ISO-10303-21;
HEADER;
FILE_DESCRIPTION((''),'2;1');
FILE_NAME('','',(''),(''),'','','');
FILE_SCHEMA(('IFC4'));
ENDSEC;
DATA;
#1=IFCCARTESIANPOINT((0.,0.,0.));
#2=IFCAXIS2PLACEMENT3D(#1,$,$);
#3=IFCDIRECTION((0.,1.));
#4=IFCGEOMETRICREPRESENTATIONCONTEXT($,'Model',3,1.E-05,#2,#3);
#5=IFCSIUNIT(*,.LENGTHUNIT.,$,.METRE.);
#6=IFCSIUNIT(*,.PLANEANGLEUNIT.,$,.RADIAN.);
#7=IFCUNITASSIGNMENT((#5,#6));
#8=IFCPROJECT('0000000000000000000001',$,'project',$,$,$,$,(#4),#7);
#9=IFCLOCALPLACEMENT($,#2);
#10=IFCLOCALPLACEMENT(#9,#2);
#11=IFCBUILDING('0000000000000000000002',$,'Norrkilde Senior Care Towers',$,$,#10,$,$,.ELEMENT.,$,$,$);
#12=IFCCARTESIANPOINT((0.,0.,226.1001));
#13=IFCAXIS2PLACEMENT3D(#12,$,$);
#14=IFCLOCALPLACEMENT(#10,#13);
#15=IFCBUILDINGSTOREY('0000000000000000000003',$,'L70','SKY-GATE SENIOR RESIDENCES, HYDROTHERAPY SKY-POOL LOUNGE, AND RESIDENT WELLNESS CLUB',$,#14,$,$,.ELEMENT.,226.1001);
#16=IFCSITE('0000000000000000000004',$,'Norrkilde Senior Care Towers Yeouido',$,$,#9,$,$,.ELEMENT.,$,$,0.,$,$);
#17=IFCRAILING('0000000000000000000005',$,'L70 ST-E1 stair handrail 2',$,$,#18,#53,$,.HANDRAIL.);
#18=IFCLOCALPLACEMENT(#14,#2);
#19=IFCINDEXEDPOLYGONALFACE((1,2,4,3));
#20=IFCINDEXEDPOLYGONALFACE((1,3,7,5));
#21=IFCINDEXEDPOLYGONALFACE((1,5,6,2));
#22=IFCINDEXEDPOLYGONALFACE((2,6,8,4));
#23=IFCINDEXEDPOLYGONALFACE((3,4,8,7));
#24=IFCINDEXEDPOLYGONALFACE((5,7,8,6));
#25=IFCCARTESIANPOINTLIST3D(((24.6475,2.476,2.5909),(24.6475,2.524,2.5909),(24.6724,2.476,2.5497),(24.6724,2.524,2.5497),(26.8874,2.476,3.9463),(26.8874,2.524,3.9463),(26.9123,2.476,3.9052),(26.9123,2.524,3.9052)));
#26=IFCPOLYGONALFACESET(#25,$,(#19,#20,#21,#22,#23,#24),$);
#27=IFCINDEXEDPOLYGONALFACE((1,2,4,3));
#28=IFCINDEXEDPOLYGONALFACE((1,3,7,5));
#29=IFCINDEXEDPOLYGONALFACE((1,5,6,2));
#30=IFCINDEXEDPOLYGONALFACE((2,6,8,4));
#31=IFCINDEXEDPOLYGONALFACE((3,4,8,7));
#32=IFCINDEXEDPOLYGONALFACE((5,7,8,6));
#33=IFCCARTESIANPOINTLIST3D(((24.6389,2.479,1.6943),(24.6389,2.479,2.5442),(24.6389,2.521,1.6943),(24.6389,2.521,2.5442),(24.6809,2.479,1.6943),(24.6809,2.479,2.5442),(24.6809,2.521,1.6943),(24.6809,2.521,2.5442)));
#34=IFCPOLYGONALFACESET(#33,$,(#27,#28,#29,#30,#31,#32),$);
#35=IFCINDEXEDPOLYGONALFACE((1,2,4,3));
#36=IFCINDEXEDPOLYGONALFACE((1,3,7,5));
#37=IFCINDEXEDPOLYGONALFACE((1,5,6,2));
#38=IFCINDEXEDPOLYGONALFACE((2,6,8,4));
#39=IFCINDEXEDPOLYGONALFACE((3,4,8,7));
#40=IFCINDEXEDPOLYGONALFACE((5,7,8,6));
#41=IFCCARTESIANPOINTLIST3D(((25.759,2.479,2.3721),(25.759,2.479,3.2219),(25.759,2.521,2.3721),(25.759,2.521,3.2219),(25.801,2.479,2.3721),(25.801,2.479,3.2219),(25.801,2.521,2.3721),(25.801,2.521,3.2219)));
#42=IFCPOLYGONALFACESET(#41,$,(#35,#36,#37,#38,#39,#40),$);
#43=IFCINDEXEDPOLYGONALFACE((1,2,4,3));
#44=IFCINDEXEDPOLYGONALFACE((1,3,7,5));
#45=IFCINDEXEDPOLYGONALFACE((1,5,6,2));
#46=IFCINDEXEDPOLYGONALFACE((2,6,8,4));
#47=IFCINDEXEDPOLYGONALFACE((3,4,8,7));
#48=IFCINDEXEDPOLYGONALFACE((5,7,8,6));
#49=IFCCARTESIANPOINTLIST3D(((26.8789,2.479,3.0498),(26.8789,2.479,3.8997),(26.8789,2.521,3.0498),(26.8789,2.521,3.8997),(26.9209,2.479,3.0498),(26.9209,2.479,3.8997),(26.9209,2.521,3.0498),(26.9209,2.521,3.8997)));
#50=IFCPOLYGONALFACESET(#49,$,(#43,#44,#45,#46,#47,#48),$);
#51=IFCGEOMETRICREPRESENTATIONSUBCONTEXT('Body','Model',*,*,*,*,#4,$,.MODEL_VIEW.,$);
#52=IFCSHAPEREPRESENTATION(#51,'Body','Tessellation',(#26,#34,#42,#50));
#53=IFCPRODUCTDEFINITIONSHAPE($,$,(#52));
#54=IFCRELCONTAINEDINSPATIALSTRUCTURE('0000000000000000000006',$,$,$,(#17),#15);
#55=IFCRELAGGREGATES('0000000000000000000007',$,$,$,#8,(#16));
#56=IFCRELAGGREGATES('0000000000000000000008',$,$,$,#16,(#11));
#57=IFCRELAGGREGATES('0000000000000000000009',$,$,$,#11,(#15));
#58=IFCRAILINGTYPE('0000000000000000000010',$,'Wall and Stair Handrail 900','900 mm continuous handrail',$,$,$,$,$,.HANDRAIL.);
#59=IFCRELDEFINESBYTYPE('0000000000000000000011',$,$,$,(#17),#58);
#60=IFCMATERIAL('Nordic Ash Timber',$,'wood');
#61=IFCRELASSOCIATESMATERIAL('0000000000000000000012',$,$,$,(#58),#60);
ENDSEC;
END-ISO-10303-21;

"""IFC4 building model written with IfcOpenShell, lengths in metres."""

from ifc_helpers import new_model, si_unit, direction, frame, origin, origin_2d, place, context, subcontext, project, spatial, rectangle, extrude, material, type_object, element, save


model = new_model("IFC4")

# Units and contexts
model_context = context("Model", 3, precision=1e-05, world=origin(), true_north=direction((0.0, 1.0)))
body_context = subcontext(model_context, "Body", "Model", "MODEL_VIEW")
ifc_project = project(units=[si_unit("LENGTHUNIT", "METRE"), si_unit("PLANEANGLEUNIT", "RADIAN")], contexts=[model_context])

# Site, building, storey
site_placement = place(None, origin())
site = spatial("IfcSite", under=ifc_project, at=site_placement, Name="Norrkilde Senior Care Towers Yeouido", CompositionType="ELEMENT", RefElevation=0.0)
building_placement = place(site_placement, origin())
building = spatial("IfcBuilding", under=site, at=building_placement, Name="Norrkilde Senior Care Towers", CompositionType="ELEMENT")
storey_placement = place(building_placement, frame((0.0, 0.0, 226.1001)))
storey = spatial("IfcBuildingStorey", under=building, at=storey_placement, Name="L70", Description="SKY-GATE SENIOR RESIDENCES, HYDROTHERAPY SKY-POOL LOUNGE, AND RESIDENT WELLNESS CLUB", CompositionType="ELEMENT", Elevation=226.1001)

# Railing
ifc_material_1 = material(Name="Nordic Ash Timber", Category="wood")
railing_type_1 = type_object("IfcRailingType", Name="Wall and Stair Handrail 900", Description="900 mm continuous handrail", PredefinedType="HANDRAIL", material=ifc_material_1)
railing_1_placement = place(storey_placement, frame((24.6599, 2.5, 1.6943)))
element("IfcRailing", 1, at=railing_1_placement, inside=storey, type_object=railing_type_1, Name="L70 ST-E1 stair handrail 2", PredefinedType="HANDRAIL", context=body_context, shape_type="SweptSolid", body=[
    extrude(rectangle(XDim=0.0481, YDim=0.0481, at=origin_2d()), frame((0.0, 0.0, 0.876), z_axis=(0.855553, 0.0, 0.517715), x_axis=(0.0, 1.0, 0.0)), (0.0, 0.0, 1.0), 2.6182),
    extrude(rectangle(XDim=0.042, YDim=0.042, at=origin_2d()), origin(), (0.0, 0.0, 1.0), 0.8499),
    extrude(rectangle(XDim=0.042, YDim=0.042, at=origin_2d()), frame((1.1201, 0.0, 0.6777)), (0.0, 0.0, 1.0), 0.8499),
    extrude(rectangle(XDim=0.042, YDim=0.042, at=origin_2d()), frame((2.24, 0.0, 1.3555)), (0.0, 0.0, 1.0), 0.8499),
])

save(model, "model.ifc")
